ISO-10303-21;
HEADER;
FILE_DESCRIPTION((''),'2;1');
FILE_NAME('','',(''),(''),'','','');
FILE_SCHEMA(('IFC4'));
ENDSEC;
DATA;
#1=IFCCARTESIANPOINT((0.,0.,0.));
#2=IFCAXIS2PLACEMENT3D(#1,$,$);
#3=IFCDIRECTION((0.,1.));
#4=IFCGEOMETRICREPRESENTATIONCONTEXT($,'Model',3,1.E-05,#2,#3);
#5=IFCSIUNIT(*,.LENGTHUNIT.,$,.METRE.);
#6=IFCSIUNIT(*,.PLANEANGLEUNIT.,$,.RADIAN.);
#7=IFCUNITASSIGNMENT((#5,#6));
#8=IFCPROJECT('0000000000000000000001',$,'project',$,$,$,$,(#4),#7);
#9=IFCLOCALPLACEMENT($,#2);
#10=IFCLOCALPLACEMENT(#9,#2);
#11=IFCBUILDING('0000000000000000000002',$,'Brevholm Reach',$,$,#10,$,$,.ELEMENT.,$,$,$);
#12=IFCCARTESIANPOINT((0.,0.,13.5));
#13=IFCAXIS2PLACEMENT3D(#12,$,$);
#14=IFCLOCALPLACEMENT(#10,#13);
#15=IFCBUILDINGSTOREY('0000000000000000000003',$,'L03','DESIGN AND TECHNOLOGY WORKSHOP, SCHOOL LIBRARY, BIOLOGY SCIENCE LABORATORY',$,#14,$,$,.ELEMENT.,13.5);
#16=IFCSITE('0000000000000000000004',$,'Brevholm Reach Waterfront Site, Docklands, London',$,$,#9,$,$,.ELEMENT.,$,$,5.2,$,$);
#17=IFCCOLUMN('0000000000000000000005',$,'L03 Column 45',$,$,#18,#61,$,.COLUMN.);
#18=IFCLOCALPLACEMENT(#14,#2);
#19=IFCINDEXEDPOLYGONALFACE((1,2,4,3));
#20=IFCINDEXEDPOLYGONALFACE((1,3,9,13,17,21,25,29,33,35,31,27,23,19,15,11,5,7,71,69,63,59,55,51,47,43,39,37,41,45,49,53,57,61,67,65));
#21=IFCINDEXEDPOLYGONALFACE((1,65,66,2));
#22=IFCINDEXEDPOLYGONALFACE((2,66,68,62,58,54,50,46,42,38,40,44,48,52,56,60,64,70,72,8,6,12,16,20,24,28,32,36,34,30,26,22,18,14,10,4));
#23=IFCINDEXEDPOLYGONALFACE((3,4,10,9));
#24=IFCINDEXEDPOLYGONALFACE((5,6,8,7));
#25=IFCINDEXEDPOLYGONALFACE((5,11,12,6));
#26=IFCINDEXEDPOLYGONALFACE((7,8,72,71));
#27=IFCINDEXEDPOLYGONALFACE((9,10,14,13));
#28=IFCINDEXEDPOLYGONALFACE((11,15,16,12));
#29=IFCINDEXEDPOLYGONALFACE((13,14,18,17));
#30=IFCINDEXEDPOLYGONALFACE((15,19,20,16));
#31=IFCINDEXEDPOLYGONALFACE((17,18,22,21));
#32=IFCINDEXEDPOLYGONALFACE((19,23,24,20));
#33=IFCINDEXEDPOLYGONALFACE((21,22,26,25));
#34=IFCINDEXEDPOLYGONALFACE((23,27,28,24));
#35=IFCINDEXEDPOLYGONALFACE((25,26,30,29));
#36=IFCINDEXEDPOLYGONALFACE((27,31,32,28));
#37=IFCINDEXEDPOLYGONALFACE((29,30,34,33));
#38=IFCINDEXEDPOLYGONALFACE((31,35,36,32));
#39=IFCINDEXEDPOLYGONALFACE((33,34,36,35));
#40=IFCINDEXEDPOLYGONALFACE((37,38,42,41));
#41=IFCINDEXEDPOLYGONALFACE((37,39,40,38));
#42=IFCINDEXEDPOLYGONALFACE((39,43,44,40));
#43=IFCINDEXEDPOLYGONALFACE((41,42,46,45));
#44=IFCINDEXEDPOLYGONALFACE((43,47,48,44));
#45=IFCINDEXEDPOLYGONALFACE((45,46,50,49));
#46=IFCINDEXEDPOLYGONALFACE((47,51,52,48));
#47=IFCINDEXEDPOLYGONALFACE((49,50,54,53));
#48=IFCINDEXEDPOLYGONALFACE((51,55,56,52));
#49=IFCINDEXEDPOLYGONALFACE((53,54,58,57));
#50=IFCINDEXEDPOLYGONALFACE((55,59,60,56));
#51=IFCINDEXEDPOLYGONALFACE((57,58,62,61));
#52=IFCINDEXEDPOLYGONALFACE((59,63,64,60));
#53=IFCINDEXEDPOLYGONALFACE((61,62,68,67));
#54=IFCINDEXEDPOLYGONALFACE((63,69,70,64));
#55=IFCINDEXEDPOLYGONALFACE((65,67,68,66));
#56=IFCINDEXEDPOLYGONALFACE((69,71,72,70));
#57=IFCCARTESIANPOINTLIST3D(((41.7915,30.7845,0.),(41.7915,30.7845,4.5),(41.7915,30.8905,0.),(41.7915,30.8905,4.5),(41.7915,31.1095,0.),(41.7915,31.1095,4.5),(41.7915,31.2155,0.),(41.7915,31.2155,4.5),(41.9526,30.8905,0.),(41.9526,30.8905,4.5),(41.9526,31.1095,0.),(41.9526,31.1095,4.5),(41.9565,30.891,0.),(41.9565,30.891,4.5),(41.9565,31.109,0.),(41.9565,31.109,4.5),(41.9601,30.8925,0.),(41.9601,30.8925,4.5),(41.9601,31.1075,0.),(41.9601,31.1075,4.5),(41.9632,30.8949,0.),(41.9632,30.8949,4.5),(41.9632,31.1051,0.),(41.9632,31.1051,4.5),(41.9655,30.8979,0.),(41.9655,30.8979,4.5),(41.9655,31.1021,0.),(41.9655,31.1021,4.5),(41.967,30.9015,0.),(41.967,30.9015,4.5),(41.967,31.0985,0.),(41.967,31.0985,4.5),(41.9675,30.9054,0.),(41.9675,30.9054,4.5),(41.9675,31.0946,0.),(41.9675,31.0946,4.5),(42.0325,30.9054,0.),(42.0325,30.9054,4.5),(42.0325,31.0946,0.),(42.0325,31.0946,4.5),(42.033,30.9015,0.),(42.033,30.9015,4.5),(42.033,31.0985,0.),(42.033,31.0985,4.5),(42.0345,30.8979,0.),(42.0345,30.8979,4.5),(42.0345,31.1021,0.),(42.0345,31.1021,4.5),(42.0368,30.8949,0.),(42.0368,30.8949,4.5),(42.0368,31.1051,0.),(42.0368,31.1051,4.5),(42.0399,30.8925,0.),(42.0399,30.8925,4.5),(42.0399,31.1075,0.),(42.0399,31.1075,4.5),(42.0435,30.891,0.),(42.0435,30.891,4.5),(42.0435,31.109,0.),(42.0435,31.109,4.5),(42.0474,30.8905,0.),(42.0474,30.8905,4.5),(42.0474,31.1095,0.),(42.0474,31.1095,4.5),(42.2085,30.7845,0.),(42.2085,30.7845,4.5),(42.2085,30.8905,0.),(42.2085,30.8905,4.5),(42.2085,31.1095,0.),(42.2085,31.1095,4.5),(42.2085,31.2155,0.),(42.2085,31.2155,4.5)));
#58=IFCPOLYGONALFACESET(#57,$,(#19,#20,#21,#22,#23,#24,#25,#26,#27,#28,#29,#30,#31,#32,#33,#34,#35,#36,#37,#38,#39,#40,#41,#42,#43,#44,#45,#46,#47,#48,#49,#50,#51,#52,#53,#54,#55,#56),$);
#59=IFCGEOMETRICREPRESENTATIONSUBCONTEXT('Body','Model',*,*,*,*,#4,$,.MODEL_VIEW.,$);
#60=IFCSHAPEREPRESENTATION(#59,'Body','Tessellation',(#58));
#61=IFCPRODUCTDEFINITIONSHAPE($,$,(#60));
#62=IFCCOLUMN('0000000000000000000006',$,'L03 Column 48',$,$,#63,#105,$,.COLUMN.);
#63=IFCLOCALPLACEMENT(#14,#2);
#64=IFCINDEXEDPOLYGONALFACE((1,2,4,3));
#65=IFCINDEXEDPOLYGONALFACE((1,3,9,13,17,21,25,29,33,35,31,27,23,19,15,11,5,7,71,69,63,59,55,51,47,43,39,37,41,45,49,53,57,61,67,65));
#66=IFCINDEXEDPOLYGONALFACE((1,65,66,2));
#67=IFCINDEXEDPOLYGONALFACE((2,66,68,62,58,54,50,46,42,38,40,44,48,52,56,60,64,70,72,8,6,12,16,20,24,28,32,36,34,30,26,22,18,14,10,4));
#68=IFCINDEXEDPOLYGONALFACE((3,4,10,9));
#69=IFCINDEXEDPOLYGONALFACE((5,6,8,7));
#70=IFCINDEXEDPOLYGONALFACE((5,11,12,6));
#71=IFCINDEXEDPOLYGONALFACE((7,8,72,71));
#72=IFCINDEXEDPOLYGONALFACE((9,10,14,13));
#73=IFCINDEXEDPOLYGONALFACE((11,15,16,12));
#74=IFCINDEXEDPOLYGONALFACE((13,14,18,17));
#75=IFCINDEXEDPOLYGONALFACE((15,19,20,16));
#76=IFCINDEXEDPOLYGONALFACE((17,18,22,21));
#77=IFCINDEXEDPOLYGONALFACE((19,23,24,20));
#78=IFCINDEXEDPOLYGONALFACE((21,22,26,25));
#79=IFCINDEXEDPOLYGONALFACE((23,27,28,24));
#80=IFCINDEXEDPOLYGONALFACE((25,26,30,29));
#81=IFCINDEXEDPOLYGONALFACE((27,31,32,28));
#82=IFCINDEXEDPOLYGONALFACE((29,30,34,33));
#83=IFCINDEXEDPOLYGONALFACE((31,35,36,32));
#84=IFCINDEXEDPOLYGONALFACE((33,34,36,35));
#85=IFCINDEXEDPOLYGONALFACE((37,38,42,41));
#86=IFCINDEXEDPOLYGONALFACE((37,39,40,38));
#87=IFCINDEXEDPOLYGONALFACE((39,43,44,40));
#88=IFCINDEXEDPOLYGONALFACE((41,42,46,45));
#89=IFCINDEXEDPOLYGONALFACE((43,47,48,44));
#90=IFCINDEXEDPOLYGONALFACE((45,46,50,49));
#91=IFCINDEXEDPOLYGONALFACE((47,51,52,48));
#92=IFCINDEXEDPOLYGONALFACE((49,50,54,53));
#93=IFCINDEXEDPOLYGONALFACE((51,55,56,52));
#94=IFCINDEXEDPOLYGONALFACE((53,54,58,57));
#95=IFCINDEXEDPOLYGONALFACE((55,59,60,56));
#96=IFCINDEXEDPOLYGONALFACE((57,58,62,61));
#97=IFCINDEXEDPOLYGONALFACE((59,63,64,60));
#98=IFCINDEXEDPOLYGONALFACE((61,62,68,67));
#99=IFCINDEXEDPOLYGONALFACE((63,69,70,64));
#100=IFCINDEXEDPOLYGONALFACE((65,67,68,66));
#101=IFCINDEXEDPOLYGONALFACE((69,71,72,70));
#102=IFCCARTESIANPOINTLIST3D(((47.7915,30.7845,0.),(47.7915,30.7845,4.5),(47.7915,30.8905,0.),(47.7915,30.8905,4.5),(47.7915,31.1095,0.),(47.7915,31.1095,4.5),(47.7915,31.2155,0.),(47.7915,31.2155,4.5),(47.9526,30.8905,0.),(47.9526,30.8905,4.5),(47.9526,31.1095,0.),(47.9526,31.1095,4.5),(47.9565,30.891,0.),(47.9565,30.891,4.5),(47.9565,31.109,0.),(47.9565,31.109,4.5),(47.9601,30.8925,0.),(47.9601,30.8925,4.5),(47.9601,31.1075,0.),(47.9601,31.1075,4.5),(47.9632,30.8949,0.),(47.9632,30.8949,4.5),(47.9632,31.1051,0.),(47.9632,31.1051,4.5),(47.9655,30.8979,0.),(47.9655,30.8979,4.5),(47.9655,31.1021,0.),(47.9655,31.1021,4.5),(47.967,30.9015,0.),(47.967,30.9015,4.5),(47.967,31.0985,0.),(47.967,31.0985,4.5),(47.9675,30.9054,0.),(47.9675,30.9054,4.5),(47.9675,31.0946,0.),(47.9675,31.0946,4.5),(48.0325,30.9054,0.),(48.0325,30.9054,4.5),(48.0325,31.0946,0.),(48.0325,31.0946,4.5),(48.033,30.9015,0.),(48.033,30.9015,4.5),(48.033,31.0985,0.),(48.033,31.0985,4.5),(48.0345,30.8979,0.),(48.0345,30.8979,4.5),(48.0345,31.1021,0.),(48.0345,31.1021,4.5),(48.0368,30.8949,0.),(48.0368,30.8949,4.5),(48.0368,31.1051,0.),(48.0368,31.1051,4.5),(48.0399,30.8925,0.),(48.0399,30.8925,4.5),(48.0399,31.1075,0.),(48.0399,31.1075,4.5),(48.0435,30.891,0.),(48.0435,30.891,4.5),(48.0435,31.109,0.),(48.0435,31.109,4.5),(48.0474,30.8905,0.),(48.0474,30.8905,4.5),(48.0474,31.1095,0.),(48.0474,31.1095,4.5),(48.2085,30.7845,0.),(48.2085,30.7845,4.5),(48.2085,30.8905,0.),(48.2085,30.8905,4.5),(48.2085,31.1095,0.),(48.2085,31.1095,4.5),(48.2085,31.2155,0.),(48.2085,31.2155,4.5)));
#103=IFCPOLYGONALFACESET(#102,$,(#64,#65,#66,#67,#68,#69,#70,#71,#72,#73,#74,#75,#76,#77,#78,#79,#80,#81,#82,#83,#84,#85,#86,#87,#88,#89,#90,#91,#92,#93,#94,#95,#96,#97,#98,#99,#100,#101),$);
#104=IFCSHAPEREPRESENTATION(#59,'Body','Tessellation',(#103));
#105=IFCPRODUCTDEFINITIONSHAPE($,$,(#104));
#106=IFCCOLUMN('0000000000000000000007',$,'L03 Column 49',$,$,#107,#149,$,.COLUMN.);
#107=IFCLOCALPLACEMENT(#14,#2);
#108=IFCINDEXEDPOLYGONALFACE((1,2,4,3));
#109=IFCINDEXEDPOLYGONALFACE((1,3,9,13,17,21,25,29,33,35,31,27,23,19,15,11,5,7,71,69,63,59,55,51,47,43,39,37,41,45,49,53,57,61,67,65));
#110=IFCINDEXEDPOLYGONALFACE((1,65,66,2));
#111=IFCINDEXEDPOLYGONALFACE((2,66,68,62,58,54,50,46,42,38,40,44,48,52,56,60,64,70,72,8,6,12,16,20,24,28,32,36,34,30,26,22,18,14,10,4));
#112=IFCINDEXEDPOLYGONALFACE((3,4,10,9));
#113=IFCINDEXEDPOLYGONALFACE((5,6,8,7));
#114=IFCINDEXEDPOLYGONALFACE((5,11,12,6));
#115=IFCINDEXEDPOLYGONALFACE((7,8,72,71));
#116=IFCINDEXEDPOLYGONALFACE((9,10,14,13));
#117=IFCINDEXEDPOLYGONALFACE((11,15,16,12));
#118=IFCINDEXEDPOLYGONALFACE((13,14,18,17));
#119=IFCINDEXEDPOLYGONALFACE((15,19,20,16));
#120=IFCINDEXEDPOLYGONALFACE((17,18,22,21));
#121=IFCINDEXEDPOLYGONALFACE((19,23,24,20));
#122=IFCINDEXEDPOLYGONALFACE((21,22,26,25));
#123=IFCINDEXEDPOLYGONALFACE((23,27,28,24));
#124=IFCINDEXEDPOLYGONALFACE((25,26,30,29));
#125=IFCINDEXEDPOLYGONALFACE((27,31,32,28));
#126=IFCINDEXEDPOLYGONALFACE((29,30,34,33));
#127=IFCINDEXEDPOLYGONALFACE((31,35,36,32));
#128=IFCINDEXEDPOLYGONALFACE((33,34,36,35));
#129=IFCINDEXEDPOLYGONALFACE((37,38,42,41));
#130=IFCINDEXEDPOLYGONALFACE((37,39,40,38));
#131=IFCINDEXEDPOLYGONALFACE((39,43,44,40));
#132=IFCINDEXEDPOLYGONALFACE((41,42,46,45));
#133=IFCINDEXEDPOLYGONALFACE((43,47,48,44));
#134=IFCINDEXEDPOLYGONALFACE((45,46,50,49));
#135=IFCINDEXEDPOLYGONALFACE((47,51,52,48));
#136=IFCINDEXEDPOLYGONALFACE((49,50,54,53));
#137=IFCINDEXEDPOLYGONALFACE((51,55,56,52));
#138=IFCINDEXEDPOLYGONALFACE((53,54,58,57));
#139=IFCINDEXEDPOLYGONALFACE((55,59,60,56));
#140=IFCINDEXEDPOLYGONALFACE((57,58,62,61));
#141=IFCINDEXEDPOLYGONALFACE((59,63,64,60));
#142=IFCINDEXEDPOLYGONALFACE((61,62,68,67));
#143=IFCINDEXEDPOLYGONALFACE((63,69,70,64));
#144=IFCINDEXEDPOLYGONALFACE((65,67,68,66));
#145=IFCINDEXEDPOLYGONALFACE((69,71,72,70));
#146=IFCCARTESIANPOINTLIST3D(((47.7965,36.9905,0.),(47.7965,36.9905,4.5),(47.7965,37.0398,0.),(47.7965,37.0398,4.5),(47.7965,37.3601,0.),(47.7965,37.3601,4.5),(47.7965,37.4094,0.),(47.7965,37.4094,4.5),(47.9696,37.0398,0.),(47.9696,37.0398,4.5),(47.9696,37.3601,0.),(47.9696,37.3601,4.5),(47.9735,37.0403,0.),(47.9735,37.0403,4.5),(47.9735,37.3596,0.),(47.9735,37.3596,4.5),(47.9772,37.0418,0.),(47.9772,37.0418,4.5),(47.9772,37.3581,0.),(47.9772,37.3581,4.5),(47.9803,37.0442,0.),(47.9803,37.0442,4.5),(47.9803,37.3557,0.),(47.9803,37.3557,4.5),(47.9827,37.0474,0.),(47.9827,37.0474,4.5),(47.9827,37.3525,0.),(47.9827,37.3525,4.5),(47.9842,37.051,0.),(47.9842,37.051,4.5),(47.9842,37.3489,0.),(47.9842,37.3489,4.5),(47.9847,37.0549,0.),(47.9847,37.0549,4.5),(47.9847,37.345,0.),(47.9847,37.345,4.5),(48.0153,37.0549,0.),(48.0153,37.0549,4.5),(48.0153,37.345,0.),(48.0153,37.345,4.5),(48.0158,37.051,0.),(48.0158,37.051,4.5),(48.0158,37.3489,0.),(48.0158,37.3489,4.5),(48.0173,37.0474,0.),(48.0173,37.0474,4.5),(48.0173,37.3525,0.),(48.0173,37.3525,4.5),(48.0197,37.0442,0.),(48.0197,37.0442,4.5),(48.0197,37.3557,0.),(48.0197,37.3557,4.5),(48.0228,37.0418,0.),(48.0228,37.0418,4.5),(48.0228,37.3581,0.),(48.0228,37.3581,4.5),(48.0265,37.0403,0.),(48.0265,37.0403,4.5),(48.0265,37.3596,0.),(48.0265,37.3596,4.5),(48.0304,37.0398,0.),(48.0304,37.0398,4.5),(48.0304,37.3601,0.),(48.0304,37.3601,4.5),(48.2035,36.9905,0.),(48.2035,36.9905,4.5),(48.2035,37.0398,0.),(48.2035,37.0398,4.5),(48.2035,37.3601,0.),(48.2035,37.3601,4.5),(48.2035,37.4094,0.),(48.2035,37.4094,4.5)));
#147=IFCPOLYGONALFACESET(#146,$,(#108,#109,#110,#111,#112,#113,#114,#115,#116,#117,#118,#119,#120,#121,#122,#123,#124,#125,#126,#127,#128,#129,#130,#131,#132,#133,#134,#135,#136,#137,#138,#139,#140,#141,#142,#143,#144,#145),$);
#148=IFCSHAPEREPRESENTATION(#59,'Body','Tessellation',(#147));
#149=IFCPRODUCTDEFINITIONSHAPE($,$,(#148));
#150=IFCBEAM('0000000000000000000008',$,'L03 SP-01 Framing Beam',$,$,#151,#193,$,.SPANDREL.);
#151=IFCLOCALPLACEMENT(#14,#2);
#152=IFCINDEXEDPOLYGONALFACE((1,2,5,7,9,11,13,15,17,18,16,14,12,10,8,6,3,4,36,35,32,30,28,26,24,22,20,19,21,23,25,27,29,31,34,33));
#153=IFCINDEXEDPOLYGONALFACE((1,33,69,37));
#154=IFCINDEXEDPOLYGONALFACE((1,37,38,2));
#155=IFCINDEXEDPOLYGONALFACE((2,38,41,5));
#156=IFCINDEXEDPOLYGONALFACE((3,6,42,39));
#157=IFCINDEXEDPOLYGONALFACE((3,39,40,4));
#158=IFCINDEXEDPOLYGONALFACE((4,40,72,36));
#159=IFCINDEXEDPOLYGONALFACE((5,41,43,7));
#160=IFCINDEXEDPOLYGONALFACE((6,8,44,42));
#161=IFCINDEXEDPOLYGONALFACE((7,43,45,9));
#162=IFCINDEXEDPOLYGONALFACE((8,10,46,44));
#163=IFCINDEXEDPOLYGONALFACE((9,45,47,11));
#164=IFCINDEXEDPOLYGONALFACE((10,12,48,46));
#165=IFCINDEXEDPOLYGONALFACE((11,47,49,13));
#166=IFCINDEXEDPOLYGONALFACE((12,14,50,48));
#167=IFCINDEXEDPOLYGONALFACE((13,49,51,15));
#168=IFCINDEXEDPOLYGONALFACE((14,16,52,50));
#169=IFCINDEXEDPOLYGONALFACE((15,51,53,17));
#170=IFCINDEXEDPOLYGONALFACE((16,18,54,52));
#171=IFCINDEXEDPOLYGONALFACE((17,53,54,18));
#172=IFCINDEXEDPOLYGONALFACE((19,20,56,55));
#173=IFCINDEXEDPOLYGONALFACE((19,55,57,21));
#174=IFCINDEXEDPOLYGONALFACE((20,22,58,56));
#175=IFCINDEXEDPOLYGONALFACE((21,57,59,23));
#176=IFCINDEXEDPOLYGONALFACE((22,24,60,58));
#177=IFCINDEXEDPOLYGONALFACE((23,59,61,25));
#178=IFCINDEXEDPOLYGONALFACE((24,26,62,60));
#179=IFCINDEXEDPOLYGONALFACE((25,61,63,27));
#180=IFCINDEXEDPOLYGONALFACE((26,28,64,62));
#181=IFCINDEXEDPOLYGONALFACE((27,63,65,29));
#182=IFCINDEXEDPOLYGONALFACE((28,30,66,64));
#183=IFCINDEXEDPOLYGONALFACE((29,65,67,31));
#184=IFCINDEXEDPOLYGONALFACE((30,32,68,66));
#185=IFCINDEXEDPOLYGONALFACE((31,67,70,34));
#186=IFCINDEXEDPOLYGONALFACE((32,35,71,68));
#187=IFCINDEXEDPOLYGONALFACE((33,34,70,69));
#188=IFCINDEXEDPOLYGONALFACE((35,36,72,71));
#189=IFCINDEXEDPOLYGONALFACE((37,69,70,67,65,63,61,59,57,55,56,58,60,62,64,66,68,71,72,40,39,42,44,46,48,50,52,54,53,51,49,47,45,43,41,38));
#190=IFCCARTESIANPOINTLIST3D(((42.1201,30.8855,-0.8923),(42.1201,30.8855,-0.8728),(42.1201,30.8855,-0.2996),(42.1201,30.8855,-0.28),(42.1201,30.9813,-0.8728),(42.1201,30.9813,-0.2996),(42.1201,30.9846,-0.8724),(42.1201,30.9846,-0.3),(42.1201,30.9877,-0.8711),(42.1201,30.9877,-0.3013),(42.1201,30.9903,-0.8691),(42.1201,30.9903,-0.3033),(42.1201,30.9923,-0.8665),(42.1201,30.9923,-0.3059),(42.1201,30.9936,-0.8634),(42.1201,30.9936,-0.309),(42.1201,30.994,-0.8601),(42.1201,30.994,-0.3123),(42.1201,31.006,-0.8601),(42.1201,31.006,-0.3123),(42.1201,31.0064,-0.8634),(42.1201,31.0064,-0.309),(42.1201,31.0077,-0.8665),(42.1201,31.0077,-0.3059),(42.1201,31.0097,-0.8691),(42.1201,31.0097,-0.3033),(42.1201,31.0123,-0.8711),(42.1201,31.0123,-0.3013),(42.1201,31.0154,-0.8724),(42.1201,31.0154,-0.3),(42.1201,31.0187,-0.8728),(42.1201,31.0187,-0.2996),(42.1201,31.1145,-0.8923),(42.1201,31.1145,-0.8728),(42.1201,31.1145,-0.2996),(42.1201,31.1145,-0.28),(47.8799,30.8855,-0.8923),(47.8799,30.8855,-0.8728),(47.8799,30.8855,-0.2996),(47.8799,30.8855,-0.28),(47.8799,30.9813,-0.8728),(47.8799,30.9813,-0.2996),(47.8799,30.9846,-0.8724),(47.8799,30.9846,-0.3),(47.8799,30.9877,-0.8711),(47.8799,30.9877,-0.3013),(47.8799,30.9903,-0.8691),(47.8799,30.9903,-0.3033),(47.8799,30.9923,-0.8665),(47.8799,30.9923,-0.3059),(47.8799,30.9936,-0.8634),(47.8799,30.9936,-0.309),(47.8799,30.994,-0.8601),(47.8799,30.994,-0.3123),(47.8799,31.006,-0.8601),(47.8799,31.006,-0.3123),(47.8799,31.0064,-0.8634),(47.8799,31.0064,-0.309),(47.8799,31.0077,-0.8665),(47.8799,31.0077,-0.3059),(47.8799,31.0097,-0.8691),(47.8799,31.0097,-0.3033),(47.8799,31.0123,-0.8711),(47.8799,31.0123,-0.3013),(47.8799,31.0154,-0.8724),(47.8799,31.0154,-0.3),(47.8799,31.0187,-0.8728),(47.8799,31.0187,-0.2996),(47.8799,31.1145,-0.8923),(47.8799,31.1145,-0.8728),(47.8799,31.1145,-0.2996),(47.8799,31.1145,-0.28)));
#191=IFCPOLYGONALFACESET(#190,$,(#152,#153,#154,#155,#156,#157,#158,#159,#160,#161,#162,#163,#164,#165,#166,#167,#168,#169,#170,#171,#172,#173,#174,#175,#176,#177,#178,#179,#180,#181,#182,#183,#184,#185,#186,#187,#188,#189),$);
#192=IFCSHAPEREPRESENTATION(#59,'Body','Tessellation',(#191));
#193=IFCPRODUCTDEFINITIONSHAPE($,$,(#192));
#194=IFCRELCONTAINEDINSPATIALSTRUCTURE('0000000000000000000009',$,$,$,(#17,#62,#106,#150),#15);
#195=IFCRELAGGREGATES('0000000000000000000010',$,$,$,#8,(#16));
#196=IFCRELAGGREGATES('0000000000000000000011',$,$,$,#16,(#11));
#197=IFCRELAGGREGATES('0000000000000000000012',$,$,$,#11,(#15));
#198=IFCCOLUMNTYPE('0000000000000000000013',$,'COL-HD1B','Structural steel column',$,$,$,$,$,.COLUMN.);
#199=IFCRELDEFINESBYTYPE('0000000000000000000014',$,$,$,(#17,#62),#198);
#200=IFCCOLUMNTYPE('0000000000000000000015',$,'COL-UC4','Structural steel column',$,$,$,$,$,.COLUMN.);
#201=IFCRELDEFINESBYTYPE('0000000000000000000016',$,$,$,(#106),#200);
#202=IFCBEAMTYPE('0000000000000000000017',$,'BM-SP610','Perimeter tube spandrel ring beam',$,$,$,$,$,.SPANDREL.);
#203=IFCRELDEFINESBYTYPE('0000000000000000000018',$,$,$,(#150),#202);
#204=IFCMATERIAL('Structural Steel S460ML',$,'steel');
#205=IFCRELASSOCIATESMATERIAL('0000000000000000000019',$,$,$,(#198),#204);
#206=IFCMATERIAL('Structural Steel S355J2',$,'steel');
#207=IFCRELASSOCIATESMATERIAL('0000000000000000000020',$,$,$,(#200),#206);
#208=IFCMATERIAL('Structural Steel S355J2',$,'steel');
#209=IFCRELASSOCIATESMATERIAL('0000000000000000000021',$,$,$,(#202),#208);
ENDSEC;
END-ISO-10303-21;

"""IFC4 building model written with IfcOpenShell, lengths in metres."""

from ifc_helpers import new_model, si_unit, direction, frame, origin, origin_2d, place, context, subcontext, project, spatial, i_section, extrude, material, material_profile, profile_set, type_object, element, save


model = new_model("IFC4")

# Units and contexts
model_context = context("Model", 3, precision=1e-05, world=origin(), true_north=direction((0.0, 1.0)))
body_context = subcontext(model_context, "Body", "Model", "MODEL_VIEW")
ifc_project = project(units=[si_unit("LENGTHUNIT", "METRE"), si_unit("PLANEANGLEUNIT", "RADIAN")], contexts=[model_context])

# Site, building, storey
site_placement = place(None, origin())
site = spatial("IfcSite", under=ifc_project, at=site_placement, Name="Brevholm Reach Waterfront Site, Docklands, London", CompositionType="ELEMENT", RefElevation=5.2)
building_placement = place(site_placement, origin())
building = spatial("IfcBuilding", under=site, at=building_placement, Name="Brevholm Reach", CompositionType="ELEMENT")
storey_placement = place(building_placement, frame((0.0, 0.0, 13.5)))
storey = spatial("IfcBuildingStorey", under=building, at=storey_placement, Name="L03", Description="DESIGN AND TECHNOLOGY WORKSHOP, SCHOOL LIBRARY, BIOLOGY SCIENCE LABORATORY", CompositionType="ELEMENT", Elevation=13.5)

# Columns
ifc_material_1 = material(Name="Structural Steel S460ML", Category="steel")
ifc_material_profile_1 = material_profile(ifc_material_1, i_section(OverallWidth=0.417, OverallDepth=0.4309, WebThickness=0.0649, FlangeThickness=0.106, FilletRadius=0.0149, at=origin_2d()), Name="HD 400x900")
ifc_profile_set_1 = profile_set([ifc_material_profile_1], Name="Structural Steel S460ML")
column_type_1 = type_object("IfcColumnType", Name="COL-HD1B", Description="Structural steel column", PredefinedType="COLUMN", material=ifc_profile_set_1)
for number, where, z_axis, x_axis, name in (
    (1, (42.0, 31.0, 0.0), (0.0, 0.0, 1.0), (1.0, 0.0, 0.0), "L03 Column 45"),
    (2, (48.0, 31.0, 0.0), (0.0, 0.0, 1.0), (1.0, 0.0, 0.0), "L03 Column 48"),
):
    element("IfcColumn", number, at=place(storey_placement, frame(where, z_axis=z_axis, x_axis=x_axis)), inside=storey, type_object=column_type_1, Name=name, PredefinedType="COLUMN", context=body_context, shape_type="SweptSolid", body=[
        extrude(i_section(OverallWidth=0.417, OverallDepth=0.4309, WebThickness=0.0649, FlangeThickness=0.106, FilletRadius=0.0149, at=origin_2d()), origin(), (0.0, 0.0, 1.0), 4.5),
    ])
ifc_material_2 = material(Name="Structural Steel S355J2", Category="steel")
ifc_material_profile_2 = material_profile(ifc_material_2, i_section(OverallWidth=0.407, OverallDepth=0.4189, WebThickness=0.0305, FlangeThickness=0.0493, FilletRadius=0.0151, at=origin_2d()), Name="UKC 356x406x393")
ifc_profile_set_2 = profile_set([ifc_material_profile_2], Name="Structural Steel S355J2")
column_type_2 = type_object("IfcColumnType", Name="COL-UC4", Description="Structural steel column", PredefinedType="COLUMN", material=ifc_profile_set_2)
column_placement = place(storey_placement, frame((48.0, 37.2, 0.0), z_axis=(0.0, 0.0, 1.0), x_axis=(1.0, 0.0, 0.0)))
element("IfcColumn", 3, at=column_placement, inside=storey, type_object=column_type_2, Name="L03 Column 49", PredefinedType="COLUMN", context=body_context, shape_type="SweptSolid", body=[
    extrude(i_section(OverallWidth=0.407, OverallDepth=0.4189, WebThickness=0.0305, FlangeThickness=0.0493, FilletRadius=0.0151, at=origin_2d()), origin(), (0.0, 0.0, 1.0), 4.5),
])

# Beam
ifc_material_3 = material(Name="Structural Steel S355J2", Category="steel")
ifc_material_profile_3 = material_profile(ifc_material_3, i_section(OverallWidth=0.229, OverallDepth=0.6123, WebThickness=0.012, FlangeThickness=0.0195, FilletRadius=0.0127, at=origin_2d()), Name="UKB 610x229x125")
ifc_profile_set_3 = profile_set([ifc_material_profile_3], Name="Structural Steel S355J2")
beam_type_1 = type_object("IfcBeamType", Name="BM-SP610", Description="Perimeter tube spandrel ring beam", PredefinedType="SPANDREL", material=ifc_profile_set_3)
for number, where, z_axis, x_axis, name in (
    (4, (42.1201, 31.0, -0.5862), (1.0, 0.0, 0.0), (0.0, 1.0, 0.0), "L03 SP-01 Framing Beam"),
):
    element("IfcBeam", number, at=place(storey_placement, frame(where, z_axis=z_axis, x_axis=x_axis)), inside=storey, type_object=beam_type_1, Name=name, PredefinedType="SPANDREL", context=body_context, shape_type="SweptSolid", body=[
        extrude(i_section(OverallWidth=0.229, OverallDepth=0.6123, WebThickness=0.012, FlangeThickness=0.0195, FilletRadius=0.0127, at=origin_2d()), origin(), (0.0, 0.0, 1.0), 5.7598),
    ])

save(model, "model.ifc")
